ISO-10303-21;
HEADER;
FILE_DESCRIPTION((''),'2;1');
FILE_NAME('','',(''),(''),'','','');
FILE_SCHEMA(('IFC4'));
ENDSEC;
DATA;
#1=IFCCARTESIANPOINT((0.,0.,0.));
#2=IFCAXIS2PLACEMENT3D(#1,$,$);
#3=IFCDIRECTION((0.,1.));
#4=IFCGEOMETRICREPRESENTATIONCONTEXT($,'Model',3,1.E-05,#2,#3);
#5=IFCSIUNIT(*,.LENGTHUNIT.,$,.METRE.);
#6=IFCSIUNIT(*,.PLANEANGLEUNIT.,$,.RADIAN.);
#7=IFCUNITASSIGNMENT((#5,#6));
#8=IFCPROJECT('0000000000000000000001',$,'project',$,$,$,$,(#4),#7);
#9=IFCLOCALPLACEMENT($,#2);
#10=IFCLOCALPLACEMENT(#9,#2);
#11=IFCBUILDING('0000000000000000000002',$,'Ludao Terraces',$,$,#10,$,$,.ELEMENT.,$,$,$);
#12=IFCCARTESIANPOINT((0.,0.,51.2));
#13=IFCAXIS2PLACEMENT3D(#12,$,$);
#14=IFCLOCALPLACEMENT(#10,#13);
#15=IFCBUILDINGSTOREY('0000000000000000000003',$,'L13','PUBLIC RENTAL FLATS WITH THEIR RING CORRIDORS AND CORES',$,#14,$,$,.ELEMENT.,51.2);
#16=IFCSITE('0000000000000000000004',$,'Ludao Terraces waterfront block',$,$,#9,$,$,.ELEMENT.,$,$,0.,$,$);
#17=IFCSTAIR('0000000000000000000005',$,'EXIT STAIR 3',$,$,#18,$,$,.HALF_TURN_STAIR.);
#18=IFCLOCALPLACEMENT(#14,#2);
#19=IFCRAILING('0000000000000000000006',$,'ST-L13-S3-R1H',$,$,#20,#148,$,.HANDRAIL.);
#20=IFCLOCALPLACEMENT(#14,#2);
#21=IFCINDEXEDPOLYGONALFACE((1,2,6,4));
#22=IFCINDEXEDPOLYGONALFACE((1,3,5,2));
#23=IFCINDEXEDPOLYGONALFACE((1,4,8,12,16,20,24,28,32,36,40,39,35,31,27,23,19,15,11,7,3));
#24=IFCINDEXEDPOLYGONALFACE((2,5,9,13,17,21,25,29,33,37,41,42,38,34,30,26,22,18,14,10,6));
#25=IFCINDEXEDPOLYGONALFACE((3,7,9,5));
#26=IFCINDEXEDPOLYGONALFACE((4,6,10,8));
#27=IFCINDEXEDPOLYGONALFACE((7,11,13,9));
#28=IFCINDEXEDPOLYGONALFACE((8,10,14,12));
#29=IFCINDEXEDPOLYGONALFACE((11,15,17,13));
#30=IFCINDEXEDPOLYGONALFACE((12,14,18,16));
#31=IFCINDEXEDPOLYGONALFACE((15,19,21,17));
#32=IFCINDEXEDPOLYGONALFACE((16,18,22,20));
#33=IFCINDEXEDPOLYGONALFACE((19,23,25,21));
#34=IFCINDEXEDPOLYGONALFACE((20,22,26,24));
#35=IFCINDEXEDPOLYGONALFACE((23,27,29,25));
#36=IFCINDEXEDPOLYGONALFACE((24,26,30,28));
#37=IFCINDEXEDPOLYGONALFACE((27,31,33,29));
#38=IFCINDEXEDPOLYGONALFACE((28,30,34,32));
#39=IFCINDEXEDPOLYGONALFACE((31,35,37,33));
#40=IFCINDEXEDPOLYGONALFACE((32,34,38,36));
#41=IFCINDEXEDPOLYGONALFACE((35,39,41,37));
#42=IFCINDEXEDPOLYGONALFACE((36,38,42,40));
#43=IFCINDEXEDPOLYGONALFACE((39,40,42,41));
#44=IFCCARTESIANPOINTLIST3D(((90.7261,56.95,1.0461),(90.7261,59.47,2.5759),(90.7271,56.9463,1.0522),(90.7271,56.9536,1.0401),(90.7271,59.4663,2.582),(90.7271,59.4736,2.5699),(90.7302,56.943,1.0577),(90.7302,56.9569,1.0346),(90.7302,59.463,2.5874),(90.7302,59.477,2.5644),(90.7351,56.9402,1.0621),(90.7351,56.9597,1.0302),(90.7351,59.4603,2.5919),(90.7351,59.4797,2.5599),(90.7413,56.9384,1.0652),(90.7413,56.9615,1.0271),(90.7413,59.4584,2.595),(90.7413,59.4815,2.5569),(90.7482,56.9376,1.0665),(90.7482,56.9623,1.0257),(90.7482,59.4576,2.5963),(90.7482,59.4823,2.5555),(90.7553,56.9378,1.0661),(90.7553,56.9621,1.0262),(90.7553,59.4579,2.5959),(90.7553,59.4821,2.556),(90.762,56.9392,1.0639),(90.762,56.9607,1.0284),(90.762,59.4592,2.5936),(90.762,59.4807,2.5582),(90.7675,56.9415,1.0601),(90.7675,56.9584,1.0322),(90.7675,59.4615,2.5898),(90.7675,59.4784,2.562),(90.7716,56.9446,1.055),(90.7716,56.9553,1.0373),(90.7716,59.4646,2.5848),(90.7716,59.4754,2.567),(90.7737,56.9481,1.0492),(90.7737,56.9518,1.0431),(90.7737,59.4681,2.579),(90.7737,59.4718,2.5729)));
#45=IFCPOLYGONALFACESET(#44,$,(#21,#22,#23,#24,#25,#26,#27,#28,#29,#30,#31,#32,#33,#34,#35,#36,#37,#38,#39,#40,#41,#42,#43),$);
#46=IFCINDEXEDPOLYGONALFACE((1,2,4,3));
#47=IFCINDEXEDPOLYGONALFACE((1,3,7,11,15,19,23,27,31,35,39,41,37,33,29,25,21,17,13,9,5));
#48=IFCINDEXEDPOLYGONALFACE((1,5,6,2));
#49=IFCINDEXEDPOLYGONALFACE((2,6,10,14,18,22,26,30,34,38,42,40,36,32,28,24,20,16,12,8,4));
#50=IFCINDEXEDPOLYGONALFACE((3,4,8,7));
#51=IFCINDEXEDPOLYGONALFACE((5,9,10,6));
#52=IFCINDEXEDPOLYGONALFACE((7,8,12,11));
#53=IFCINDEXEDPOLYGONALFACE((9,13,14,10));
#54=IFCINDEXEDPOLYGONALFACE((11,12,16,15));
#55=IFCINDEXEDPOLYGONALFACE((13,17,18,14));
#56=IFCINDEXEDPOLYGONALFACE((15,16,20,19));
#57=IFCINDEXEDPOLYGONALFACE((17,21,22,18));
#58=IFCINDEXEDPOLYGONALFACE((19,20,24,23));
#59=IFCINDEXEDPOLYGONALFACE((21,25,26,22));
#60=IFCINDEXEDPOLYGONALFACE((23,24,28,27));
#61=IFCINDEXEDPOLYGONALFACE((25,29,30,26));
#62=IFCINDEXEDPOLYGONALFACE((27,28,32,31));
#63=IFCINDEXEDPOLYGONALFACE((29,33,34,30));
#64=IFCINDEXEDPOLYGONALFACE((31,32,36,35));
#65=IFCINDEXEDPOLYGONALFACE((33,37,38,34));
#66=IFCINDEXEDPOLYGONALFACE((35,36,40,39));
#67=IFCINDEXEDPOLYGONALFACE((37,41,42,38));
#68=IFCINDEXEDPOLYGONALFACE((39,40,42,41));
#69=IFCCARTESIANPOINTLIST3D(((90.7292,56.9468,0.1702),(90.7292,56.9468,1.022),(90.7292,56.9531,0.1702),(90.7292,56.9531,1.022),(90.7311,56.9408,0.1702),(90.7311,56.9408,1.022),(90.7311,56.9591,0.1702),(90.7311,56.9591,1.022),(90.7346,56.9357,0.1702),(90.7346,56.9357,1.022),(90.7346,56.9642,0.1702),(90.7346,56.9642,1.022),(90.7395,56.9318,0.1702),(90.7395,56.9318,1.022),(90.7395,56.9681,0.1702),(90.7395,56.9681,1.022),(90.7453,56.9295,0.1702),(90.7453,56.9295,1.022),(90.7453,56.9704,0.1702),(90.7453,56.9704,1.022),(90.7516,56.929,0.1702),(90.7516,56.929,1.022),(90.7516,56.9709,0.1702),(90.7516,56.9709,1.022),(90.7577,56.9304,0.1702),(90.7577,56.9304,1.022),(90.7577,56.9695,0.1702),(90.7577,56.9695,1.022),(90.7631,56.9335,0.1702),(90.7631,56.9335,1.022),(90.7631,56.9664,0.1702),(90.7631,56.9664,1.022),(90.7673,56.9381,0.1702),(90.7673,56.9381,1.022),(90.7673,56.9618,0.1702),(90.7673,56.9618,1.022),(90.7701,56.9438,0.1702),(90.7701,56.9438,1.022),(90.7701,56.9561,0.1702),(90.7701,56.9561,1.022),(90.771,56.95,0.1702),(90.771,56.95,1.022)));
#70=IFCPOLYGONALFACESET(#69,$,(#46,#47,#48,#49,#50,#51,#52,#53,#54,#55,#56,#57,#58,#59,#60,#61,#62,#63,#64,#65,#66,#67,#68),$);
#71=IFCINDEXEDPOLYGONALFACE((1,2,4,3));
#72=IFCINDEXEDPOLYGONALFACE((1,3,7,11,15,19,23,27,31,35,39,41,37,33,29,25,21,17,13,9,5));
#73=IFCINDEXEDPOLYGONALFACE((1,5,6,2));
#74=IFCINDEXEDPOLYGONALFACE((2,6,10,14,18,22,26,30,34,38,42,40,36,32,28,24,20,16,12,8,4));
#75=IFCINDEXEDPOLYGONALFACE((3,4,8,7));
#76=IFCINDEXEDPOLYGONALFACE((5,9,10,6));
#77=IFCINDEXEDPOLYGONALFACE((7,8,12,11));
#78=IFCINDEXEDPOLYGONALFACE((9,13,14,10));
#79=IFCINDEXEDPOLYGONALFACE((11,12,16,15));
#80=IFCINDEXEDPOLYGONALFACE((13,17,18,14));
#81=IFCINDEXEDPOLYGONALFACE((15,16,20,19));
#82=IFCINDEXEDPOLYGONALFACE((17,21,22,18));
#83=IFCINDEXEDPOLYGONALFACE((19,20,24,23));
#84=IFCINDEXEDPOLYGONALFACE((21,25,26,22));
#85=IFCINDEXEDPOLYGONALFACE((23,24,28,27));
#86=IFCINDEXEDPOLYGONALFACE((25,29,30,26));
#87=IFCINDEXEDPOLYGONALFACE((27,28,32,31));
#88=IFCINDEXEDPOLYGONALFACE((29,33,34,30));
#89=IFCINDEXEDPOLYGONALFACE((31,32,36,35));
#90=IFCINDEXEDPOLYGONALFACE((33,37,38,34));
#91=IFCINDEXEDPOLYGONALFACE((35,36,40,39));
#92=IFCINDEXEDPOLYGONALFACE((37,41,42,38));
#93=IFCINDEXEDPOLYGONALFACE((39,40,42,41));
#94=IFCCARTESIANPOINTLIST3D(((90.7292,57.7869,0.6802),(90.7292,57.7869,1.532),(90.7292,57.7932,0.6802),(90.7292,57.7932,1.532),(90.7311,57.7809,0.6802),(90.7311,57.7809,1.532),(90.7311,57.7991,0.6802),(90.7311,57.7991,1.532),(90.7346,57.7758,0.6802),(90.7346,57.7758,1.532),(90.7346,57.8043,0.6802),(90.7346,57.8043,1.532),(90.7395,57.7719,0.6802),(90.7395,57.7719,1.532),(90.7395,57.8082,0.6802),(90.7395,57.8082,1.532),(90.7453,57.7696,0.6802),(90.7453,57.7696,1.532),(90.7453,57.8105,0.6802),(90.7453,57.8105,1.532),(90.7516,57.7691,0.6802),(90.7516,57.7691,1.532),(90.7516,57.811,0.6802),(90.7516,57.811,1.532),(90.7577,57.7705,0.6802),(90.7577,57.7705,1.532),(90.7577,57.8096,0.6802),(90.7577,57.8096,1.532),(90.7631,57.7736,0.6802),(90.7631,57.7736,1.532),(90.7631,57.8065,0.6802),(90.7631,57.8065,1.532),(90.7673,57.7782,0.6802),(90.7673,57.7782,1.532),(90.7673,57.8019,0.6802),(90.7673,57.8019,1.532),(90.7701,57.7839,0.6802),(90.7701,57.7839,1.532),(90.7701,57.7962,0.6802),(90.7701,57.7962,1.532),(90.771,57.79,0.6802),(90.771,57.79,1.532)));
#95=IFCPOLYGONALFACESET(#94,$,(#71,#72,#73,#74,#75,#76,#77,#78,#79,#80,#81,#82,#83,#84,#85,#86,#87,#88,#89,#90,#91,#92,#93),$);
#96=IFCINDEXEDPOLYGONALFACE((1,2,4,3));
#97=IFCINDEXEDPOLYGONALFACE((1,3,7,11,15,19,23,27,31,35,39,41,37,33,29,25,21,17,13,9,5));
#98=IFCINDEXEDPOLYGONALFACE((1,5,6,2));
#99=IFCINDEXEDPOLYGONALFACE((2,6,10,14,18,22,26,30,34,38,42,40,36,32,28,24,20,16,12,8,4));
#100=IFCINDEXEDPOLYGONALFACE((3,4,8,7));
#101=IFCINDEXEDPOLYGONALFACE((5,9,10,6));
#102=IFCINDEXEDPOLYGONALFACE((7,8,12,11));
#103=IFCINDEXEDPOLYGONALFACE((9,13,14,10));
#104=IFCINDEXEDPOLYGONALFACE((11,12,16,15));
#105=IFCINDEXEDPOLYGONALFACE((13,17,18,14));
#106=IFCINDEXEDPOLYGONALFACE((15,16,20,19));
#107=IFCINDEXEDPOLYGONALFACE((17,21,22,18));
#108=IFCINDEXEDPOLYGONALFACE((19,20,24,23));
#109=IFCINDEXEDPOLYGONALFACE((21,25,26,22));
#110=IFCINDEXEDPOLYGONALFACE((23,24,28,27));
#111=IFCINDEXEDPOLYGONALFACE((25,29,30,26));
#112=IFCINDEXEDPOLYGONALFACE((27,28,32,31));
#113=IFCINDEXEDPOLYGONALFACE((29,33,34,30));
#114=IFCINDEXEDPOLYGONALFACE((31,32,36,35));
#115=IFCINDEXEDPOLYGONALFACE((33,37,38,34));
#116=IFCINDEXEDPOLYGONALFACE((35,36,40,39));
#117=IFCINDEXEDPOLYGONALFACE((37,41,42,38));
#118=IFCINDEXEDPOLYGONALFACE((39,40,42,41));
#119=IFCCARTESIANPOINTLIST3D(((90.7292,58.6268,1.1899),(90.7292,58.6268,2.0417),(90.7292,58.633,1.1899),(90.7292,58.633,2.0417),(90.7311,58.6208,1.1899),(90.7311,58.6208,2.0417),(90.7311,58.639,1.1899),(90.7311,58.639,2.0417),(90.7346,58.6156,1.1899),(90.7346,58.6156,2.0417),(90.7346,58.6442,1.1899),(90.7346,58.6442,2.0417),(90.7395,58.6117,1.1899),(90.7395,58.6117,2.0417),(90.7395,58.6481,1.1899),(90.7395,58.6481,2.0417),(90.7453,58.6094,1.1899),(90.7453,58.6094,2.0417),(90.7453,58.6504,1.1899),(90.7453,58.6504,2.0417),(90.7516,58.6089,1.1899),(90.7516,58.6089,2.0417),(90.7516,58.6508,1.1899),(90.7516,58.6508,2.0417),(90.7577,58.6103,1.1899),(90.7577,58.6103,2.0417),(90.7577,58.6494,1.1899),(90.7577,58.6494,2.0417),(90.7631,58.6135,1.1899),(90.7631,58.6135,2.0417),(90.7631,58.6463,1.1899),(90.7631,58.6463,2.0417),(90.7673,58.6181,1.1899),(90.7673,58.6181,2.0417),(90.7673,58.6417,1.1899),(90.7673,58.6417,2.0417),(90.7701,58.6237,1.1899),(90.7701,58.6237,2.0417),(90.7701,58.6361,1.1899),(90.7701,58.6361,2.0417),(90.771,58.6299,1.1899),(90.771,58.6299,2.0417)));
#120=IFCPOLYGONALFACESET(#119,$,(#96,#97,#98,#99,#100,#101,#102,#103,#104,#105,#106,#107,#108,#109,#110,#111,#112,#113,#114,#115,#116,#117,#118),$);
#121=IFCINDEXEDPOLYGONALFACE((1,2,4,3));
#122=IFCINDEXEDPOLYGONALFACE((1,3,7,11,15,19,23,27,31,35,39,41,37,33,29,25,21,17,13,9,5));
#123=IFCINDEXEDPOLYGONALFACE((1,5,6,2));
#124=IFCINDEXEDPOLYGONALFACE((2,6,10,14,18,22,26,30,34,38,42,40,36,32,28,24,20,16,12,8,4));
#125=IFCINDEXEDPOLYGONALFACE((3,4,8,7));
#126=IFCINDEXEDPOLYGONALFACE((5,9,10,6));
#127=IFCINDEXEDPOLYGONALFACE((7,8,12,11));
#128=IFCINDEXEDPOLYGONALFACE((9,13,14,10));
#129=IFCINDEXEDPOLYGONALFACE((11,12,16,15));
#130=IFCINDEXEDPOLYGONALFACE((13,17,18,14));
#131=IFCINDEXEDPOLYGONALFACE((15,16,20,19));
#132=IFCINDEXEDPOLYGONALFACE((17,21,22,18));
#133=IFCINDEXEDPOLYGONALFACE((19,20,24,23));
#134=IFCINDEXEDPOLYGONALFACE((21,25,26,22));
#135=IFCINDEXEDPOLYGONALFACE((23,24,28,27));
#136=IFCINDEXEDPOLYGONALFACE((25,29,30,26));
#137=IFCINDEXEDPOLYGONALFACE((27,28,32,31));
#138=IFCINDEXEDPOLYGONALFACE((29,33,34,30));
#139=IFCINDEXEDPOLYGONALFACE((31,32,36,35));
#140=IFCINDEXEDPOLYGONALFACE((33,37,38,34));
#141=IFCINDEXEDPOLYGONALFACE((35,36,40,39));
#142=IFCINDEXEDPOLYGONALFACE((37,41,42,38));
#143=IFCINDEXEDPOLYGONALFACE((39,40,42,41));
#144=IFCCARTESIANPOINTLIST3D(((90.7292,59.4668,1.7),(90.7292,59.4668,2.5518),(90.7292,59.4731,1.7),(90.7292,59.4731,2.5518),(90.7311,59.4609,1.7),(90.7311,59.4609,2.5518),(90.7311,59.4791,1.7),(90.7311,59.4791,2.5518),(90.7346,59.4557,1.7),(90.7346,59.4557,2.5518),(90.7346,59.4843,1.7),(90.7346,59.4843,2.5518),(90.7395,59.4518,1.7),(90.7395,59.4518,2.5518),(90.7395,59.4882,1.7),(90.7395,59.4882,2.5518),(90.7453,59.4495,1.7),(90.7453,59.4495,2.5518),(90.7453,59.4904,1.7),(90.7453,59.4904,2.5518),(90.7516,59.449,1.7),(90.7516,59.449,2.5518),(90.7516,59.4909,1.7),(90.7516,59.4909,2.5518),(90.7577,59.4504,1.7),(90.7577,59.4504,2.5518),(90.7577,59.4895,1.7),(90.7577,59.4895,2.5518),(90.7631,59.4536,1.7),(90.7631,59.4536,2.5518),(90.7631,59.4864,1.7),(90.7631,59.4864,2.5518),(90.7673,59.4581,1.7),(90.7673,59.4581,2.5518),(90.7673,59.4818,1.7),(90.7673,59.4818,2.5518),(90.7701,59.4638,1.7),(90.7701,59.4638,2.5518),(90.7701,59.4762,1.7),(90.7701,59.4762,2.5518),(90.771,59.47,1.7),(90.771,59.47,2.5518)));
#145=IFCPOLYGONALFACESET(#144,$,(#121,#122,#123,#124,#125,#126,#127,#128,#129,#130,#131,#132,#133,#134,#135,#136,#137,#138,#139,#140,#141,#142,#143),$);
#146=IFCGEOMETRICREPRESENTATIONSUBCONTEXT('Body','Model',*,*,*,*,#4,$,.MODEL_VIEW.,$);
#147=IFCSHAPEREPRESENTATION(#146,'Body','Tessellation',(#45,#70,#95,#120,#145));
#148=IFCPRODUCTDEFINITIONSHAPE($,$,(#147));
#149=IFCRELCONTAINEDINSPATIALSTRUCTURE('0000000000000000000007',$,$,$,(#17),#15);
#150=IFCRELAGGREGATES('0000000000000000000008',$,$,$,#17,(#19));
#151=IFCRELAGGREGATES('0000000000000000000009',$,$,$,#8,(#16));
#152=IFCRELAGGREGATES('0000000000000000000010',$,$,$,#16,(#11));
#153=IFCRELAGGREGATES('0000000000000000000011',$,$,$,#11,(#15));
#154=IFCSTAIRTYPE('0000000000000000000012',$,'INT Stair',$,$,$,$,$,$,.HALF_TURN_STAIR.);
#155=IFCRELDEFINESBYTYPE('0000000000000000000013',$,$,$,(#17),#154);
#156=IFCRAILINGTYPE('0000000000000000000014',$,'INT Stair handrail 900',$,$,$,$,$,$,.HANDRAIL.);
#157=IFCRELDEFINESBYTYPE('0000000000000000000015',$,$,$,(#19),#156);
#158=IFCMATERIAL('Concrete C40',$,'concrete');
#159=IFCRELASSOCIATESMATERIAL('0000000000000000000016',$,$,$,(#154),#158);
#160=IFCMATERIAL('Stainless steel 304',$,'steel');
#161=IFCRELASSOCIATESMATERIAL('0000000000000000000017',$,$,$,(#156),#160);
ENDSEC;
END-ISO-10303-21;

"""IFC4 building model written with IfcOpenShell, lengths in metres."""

from ifc_helpers import new_model, si_unit, direction, frame, origin, origin_2d, place, context, subcontext, project, spatial, circle, extrude, material, type_object, element, aggregate, save


model = new_model("IFC4")

# Units and contexts
model_context = context("Model", 3, precision=1e-05, world=origin(), true_north=direction((0.0, 1.0)))
body_context = subcontext(model_context, "Body", "Model", "MODEL_VIEW")
ifc_project = project(units=[si_unit("LENGTHUNIT", "METRE"), si_unit("PLANEANGLEUNIT", "RADIAN")], contexts=[model_context])

# Site, building, storey
site_placement = place(None, origin())
site = spatial("IfcSite", under=ifc_project, at=site_placement, Name="Ludao Terraces waterfront block", CompositionType="ELEMENT", RefElevation=0.0)
building_placement = place(site_placement, origin())
building = spatial("IfcBuilding", under=site, at=building_placement, Name="Ludao Terraces", CompositionType="ELEMENT")
storey_placement = place(building_placement, frame((0.0, 0.0, 51.2)))
storey = spatial("IfcBuildingStorey", under=building, at=storey_placement, Name="L13", Description="PUBLIC RENTAL FLATS WITH THEIR RING CORRIDORS AND CORES", CompositionType="ELEMENT", Elevation=51.2)

# Stair, railing
ifc_material_1 = material(Name="Concrete C40", Category="concrete")
stair_type = type_object("IfcStairType", Name="INT Stair", PredefinedType="HALF_TURN_STAIR", material=ifc_material_1)
stair_placement = place(storey_placement, origin())
stair = element("IfcStair", 1, at=stair_placement, inside=storey, type_object=stair_type, Name="EXIT STAIR 3", PredefinedType="HALF_TURN_STAIR")
ifc_material_2 = material(Name="Stainless steel 304", Category="steel")
railing_type_1 = type_object("IfcRailingType", Name="INT Stair handrail 900", PredefinedType="HANDRAIL", material=ifc_material_2)
railing_1_placement = place(storey_placement, frame((90.75, 56.95, 0.1702)))
railing_1 = element("IfcRailing", 2, at=railing_1_placement, type_object=railing_type_1, Name="ST-L13-S3-R1H", PredefinedType="HANDRAIL", context=body_context, shape_type="SweptSolid", body=[
    extrude(circle(Radius=0.0239, at=origin_2d()), frame((0.0, 0.0, 0.876), z_axis=(0.0, 0.854822, 0.518922), x_axis=(-1.0, 0.0, 0.0)), (0.0, 0.0, 1.0), 2.948),
    extrude(circle(Radius=0.021, at=origin_2d()), origin(), (0.0, 0.0, 1.0), 0.8518),
    extrude(circle(Radius=0.021, at=origin_2d()), frame((0.0, 0.8401, 0.51)), (0.0, 0.0, 1.0), 0.8518),
    extrude(circle(Radius=0.021, at=origin_2d()), frame((0.0, 1.6799, 1.0198)), (0.0, 0.0, 1.0), 0.8518),
    extrude(circle(Radius=0.021, at=origin_2d()), frame((0.0, 2.52, 1.5298)), (0.0, 0.0, 1.0), 0.8518),
])
aggregate(stair, [railing_1])

save(model, "model.ifc")
